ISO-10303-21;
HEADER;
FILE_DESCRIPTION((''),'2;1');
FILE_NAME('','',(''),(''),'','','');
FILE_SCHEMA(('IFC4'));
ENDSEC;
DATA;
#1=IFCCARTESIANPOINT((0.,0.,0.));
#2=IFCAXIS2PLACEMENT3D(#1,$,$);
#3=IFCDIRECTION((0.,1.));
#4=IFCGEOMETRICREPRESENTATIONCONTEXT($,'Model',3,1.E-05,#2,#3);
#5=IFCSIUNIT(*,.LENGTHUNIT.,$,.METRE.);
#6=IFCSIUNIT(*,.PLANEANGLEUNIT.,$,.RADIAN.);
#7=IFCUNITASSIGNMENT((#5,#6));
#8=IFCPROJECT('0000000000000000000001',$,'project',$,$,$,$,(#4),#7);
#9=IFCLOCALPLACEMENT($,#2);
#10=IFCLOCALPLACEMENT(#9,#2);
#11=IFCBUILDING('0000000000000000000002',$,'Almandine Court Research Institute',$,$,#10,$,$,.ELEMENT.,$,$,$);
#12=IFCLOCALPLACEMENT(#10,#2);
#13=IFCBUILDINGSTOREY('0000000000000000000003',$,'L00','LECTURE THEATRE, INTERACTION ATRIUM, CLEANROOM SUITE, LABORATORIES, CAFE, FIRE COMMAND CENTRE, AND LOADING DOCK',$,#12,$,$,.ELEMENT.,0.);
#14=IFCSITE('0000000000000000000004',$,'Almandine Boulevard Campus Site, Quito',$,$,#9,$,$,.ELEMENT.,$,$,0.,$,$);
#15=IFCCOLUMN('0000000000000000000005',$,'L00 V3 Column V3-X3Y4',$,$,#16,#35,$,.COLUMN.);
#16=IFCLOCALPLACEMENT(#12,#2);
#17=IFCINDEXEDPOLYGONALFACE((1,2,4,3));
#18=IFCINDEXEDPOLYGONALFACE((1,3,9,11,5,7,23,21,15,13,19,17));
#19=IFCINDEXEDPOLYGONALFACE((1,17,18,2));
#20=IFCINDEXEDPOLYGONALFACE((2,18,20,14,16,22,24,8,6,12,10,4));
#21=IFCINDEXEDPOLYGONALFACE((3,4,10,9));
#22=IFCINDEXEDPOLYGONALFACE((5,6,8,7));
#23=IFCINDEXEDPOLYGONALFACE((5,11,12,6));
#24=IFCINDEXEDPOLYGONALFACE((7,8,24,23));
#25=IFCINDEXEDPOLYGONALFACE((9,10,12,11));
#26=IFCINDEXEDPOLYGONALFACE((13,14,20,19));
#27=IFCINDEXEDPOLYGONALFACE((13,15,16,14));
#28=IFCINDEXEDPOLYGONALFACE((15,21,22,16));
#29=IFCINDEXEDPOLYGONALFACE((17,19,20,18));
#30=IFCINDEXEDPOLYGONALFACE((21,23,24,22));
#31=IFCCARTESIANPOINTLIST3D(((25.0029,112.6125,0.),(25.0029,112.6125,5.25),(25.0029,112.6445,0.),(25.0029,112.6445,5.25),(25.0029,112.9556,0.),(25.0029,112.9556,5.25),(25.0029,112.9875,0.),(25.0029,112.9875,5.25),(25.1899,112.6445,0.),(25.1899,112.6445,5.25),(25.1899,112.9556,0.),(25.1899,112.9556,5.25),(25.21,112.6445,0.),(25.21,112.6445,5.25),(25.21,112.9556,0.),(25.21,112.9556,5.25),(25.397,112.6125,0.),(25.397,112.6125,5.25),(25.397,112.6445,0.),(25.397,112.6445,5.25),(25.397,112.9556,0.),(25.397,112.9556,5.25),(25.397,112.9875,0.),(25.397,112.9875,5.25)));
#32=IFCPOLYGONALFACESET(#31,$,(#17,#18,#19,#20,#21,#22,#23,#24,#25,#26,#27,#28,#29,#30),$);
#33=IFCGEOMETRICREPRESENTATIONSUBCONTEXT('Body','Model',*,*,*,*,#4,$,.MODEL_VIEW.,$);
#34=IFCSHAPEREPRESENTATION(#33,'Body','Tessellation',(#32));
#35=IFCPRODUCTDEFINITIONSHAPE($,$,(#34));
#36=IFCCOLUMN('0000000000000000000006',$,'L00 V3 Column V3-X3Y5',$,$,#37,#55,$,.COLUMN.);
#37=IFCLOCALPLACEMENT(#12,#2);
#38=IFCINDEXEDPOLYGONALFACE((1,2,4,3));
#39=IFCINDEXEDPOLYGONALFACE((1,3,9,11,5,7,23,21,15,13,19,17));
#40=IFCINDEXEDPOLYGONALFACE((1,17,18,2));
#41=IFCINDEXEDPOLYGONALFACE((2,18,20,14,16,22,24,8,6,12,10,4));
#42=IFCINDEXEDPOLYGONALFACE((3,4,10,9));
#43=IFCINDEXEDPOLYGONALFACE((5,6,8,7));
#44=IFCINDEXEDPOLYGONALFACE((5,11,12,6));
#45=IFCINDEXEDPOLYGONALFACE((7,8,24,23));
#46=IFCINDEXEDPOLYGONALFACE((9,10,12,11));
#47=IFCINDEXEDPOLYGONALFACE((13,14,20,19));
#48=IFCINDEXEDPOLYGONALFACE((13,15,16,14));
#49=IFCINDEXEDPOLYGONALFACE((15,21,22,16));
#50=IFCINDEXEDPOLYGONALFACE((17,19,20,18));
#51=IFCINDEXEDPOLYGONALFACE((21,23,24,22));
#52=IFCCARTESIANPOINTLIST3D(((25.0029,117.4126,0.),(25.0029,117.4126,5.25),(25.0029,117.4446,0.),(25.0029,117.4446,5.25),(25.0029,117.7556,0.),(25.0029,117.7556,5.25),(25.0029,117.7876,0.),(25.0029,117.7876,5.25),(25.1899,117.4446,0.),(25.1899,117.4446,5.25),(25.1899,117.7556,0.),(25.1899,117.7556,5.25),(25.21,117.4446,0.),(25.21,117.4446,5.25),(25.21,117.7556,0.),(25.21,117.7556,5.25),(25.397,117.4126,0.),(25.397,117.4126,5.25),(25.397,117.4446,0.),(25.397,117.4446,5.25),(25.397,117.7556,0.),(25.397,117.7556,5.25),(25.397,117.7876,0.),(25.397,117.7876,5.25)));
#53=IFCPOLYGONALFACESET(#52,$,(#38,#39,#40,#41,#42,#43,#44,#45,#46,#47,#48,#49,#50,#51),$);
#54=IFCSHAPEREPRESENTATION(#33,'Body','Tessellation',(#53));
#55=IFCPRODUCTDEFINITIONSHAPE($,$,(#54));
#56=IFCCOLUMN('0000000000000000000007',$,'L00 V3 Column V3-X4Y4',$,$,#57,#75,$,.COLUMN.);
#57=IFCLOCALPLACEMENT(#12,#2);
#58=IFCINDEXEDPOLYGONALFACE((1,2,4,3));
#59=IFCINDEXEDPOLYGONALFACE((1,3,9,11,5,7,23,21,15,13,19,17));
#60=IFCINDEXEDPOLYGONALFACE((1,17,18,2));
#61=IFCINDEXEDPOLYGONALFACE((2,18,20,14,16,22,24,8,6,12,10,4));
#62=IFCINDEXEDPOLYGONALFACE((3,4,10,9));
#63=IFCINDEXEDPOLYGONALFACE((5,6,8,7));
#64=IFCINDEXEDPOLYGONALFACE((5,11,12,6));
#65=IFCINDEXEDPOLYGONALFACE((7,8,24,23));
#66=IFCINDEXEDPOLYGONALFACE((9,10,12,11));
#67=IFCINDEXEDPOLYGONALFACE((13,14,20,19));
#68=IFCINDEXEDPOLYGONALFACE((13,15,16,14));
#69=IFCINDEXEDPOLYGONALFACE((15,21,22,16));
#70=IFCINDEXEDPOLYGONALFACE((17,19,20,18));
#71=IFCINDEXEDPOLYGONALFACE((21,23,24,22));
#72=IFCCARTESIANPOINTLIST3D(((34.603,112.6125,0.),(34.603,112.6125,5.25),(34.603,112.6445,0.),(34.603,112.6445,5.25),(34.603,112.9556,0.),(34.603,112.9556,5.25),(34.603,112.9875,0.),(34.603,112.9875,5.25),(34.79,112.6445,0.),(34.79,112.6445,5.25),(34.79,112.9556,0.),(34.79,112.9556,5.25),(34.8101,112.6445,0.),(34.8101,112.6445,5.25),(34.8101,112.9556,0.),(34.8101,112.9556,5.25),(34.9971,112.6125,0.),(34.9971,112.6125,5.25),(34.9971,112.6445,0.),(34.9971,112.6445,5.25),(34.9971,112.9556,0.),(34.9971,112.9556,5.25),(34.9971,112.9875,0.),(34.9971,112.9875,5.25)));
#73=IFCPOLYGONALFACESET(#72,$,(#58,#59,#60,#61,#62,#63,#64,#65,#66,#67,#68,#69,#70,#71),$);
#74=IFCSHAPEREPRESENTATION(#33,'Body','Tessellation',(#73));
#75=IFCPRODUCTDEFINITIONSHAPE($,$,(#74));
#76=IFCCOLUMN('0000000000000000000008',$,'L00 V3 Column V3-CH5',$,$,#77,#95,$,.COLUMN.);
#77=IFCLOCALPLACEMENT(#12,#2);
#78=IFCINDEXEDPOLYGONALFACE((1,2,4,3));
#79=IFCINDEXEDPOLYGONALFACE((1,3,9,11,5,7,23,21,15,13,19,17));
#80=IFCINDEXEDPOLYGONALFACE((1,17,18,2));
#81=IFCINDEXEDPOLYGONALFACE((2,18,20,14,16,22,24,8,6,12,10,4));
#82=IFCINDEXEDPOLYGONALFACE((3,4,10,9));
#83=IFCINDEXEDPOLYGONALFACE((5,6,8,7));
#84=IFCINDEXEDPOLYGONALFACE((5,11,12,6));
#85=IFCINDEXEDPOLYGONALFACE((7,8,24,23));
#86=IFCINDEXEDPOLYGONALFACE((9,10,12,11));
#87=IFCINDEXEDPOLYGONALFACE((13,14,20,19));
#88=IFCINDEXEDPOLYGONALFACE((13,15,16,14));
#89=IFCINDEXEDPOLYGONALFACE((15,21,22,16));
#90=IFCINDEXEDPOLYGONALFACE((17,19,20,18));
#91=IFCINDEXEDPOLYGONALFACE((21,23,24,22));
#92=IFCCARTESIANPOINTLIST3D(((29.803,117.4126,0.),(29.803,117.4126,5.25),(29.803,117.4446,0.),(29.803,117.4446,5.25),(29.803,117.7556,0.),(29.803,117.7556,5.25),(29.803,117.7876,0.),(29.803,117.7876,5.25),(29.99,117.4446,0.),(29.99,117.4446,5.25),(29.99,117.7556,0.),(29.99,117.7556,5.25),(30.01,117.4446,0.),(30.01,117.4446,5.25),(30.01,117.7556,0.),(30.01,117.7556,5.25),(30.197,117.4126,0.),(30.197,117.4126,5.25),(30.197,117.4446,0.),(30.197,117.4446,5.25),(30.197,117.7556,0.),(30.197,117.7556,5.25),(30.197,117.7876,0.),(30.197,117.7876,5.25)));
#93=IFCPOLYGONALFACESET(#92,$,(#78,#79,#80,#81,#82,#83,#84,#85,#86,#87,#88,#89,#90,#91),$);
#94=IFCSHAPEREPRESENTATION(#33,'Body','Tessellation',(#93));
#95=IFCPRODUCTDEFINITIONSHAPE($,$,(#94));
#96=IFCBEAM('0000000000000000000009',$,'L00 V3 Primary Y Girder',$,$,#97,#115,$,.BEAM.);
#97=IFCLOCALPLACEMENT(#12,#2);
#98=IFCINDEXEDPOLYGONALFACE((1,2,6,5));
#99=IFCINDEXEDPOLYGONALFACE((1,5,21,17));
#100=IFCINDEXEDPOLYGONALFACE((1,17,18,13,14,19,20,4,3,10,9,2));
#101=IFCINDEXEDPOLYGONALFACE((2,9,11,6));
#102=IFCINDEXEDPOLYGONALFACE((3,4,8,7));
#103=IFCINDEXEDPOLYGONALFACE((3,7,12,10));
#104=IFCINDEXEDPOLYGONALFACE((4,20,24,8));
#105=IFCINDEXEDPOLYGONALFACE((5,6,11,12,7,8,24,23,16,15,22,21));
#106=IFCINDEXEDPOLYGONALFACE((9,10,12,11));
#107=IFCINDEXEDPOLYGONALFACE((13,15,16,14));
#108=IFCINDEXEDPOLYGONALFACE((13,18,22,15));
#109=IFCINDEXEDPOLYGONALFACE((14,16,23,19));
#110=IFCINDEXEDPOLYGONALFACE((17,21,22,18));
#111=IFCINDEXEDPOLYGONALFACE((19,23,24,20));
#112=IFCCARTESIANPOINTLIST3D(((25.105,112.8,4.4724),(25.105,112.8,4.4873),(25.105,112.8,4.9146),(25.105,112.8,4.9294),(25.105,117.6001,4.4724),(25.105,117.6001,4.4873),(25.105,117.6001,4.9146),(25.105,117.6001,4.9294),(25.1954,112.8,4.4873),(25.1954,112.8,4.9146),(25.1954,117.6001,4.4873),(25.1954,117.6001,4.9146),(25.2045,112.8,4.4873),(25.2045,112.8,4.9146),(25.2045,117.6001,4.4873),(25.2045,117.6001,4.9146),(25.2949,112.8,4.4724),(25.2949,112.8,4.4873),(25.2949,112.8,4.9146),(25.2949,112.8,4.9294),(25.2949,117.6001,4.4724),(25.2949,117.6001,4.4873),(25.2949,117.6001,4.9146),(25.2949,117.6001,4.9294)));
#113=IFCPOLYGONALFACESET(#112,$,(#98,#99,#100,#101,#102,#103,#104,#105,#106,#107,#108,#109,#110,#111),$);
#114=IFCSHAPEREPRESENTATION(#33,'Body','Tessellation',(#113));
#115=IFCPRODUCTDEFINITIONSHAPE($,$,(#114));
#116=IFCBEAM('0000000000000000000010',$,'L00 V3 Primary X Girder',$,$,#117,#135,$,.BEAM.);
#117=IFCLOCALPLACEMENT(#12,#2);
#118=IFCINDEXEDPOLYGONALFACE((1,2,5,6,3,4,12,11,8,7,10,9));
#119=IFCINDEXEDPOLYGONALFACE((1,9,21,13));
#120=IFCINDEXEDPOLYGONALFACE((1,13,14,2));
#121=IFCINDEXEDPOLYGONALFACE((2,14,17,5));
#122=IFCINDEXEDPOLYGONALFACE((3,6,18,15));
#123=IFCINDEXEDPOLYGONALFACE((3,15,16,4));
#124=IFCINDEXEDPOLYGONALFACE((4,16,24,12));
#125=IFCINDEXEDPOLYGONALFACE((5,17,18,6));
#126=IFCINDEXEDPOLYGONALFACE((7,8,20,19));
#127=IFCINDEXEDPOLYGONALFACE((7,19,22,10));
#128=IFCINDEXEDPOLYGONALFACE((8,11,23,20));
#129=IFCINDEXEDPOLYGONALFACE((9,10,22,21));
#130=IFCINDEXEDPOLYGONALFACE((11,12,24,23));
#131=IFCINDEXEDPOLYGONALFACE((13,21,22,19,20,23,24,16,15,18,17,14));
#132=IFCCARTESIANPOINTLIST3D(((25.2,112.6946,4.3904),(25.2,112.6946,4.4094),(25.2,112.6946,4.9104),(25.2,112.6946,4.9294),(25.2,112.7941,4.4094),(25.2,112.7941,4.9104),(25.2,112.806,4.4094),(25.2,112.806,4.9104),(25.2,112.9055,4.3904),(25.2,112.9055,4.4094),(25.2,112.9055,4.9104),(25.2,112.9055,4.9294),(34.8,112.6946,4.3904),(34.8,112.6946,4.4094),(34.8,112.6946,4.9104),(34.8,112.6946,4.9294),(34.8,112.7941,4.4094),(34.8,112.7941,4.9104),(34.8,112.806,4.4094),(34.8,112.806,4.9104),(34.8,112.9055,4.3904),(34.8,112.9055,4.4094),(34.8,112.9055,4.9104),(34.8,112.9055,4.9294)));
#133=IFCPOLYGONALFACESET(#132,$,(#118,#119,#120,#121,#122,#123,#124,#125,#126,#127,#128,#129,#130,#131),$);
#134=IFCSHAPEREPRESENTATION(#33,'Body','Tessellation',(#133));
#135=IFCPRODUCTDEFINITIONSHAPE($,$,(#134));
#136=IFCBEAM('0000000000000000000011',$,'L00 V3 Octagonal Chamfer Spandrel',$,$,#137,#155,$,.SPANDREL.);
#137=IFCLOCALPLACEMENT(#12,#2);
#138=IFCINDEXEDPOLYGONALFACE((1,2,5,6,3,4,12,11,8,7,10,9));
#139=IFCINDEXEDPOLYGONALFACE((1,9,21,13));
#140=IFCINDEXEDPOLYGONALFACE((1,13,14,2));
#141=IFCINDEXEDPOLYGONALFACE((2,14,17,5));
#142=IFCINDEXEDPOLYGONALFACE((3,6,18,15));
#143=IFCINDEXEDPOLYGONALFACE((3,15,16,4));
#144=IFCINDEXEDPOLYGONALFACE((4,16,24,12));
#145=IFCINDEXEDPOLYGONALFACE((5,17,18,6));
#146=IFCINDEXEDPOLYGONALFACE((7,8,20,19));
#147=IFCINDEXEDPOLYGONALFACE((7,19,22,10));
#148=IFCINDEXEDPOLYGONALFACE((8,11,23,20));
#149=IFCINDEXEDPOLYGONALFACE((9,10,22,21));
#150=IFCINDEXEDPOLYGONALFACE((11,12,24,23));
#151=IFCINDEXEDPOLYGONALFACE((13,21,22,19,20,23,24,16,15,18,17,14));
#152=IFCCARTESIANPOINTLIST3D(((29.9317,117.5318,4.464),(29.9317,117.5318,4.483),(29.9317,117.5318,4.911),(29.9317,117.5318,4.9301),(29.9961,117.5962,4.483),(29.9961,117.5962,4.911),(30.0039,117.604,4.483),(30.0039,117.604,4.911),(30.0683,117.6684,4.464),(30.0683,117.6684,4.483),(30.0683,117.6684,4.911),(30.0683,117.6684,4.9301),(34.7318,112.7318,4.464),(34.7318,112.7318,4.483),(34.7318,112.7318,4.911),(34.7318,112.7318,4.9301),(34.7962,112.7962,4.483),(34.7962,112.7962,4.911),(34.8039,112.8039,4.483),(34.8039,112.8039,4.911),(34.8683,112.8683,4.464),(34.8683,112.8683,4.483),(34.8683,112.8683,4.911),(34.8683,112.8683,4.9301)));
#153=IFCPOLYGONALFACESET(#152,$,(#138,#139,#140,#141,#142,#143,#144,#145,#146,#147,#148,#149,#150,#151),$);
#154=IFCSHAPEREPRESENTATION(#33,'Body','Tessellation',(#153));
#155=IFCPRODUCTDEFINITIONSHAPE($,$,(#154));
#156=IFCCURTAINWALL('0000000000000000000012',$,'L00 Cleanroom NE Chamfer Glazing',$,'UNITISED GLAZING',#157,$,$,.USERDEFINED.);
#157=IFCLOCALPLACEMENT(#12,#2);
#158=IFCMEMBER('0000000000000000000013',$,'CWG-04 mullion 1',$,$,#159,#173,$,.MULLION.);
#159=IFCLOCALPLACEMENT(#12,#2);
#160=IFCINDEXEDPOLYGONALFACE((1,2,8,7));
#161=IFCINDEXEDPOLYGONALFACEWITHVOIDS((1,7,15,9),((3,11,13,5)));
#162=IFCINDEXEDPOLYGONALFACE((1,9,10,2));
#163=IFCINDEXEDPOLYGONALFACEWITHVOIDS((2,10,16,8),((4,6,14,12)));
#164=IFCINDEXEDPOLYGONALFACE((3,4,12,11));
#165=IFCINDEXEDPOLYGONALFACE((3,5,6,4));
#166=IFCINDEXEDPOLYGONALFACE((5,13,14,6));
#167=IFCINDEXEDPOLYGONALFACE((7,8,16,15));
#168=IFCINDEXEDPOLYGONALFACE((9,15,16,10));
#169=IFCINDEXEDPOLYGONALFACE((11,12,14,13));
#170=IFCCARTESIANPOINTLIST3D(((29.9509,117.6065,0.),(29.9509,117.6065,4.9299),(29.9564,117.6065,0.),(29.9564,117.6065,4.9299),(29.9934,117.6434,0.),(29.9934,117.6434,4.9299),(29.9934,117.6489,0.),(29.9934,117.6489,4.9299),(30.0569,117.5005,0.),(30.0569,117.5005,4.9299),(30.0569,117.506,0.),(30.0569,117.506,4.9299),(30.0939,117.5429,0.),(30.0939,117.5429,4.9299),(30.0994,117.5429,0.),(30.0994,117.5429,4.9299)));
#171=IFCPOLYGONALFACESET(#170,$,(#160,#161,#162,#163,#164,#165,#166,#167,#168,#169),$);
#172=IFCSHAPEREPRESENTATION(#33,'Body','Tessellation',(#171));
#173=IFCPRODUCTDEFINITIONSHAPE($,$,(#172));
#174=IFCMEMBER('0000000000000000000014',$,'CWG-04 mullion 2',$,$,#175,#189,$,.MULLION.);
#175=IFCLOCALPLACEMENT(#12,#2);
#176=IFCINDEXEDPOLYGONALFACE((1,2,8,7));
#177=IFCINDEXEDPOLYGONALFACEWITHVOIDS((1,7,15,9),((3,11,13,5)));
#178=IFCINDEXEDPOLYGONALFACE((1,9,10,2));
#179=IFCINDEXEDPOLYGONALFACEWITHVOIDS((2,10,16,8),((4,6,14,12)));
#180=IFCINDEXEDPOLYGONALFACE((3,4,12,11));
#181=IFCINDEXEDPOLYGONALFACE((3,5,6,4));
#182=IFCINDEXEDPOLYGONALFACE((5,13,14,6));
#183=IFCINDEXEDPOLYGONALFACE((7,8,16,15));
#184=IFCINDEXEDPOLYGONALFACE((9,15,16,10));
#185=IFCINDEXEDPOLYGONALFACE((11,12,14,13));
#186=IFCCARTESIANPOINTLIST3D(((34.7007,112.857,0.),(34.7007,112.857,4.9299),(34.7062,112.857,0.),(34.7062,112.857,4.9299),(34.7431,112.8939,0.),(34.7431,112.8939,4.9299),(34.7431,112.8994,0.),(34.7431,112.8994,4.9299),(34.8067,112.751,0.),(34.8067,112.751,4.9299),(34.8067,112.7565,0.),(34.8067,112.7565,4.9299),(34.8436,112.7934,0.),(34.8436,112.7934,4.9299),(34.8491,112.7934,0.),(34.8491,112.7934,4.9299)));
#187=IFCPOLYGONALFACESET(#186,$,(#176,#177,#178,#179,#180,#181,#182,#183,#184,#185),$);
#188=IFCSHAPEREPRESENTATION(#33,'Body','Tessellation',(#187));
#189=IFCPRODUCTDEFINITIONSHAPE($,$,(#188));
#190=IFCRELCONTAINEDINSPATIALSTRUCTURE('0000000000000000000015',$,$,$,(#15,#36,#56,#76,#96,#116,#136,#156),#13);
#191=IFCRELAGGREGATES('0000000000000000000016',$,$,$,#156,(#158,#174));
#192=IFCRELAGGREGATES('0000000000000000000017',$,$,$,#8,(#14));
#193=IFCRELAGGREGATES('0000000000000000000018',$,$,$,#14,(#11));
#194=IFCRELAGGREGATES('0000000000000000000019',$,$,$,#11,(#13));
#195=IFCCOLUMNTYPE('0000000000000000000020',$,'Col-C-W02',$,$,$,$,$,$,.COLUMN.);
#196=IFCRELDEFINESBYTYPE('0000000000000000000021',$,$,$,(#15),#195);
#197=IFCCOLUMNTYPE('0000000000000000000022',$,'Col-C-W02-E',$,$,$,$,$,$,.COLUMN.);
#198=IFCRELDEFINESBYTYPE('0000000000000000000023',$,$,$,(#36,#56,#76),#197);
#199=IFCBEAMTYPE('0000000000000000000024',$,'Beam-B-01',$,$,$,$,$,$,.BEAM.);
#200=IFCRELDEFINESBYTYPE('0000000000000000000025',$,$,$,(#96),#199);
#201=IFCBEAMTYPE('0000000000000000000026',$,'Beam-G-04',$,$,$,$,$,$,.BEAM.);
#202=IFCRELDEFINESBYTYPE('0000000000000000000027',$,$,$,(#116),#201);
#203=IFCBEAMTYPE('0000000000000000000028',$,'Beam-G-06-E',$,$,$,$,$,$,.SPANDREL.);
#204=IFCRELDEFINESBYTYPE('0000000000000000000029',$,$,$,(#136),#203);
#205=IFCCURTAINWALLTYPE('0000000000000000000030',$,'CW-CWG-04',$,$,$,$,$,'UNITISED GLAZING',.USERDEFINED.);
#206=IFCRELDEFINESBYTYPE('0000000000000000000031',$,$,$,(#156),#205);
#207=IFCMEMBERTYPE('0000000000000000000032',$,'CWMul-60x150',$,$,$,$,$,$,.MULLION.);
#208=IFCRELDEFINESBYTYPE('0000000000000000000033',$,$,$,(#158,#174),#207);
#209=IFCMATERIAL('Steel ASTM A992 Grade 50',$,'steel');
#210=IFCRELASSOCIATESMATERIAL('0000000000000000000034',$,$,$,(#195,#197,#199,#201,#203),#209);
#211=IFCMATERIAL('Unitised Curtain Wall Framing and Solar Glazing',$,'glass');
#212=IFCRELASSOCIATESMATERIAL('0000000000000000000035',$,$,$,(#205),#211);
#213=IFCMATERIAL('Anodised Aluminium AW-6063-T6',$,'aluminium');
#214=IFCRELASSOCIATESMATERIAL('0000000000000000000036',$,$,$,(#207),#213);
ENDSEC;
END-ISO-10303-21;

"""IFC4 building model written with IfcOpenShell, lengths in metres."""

from ifc_helpers import new_model, si_unit, direction, frame, origin, origin_2d, place, context, subcontext, project, spatial, hollow_rectangle, i_section, extrude, material, material_profile, profile_set, type_object, element, aggregate, save


model = new_model("IFC4")

# Units and contexts
model_context = context("Model", 3, precision=1e-05, world=origin(), true_north=direction((0.0, 1.0)))
body_context = subcontext(model_context, "Body", "Model", "MODEL_VIEW")
ifc_project = project(units=[si_unit("LENGTHUNIT", "METRE"), si_unit("PLANEANGLEUNIT", "RADIAN")], contexts=[model_context])

# Site, building, storey
site_placement = place(None, origin())
site = spatial("IfcSite", under=ifc_project, at=site_placement, Name="Almandine Boulevard Campus Site, Quito", CompositionType="ELEMENT", RefElevation=0.0)
building_placement = place(site_placement, origin())
building = spatial("IfcBuilding", under=site, at=building_placement, Name="Almandine Court Research Institute", CompositionType="ELEMENT")
storey_placement = place(building_placement, origin())
storey = spatial("IfcBuildingStorey", under=building, at=storey_placement, Name="L00", Description="LECTURE THEATRE, INTERACTION ATRIUM, CLEANROOM SUITE, LABORATORIES, CAFE, FIRE COMMAND CENTRE, AND LOADING DOCK", CompositionType="ELEMENT", Elevation=0.0)

# Columns
ifc_material_1 = material(Name="Steel ASTM A992 Grade 50", Category="steel")
ifc_material_profile_1 = material_profile(ifc_material_1, i_section(OverallWidth=0.394, OverallDepth=0.375, WebThickness=0.02, FlangeThickness=0.032, at=origin_2d()), Name="W360x216")
ifc_profile_set_1 = profile_set([ifc_material_profile_1], Name="Steel ASTM A992 Grade 50")
column_type_1 = type_object("IfcColumnType", Name="Col-C-W02", PredefinedType="COLUMN", material=ifc_profile_set_1)
column_placement = place(storey_placement, frame((25.2, 112.8, 0.0), z_axis=(0.0, 0.0, 1.0), x_axis=(1.0, 0.0, 0.0)))
element("IfcColumn", 1, at=column_placement, inside=storey, type_object=column_type_1, Name="L00 V3 Column V3-X3Y4", PredefinedType="COLUMN", context=body_context, shape_type="SweptSolid", body=[
    extrude(i_section(OverallWidth=0.394, OverallDepth=0.375, WebThickness=0.02, FlangeThickness=0.032, at=origin_2d()), origin(), (0.0, 0.0, 1.0), 5.25),
])
ifc_material_profile_2 = material_profile(ifc_material_1, i_section(OverallWidth=0.394, OverallDepth=0.375, WebThickness=0.02, FlangeThickness=0.032, at=origin_2d()), Name="W360x216")
ifc_profile_set_2 = profile_set([ifc_material_profile_2], Name="Steel ASTM A992 Grade 50")
column_type_2 = type_object("IfcColumnType", Name="Col-C-W02-E", PredefinedType="COLUMN", material=ifc_profile_set_2)
for number, where, z_axis, x_axis, name in (
    (2, (25.2, 117.6001, 0.0), (0.0, 0.0, 1.0), (1.0, 0.0, 0.0), "L00 V3 Column V3-X3Y5"),
    (3, (34.8, 112.8, 0.0), (0.0, 0.0, 1.0), (1.0, 0.0, 0.0), "L00 V3 Column V3-X4Y4"),
    (4, (30.0, 117.6001, 0.0), (0.0, 0.0, 1.0), (1.0, 0.0, 0.0), "L00 V3 Column V3-CH5"),
):
    element("IfcColumn", number, at=place(storey_placement, frame(where, z_axis=z_axis, x_axis=x_axis)), inside=storey, type_object=column_type_2, Name=name, PredefinedType="COLUMN", context=body_context, shape_type="SweptSolid", body=[
        extrude(i_section(OverallWidth=0.394, OverallDepth=0.375, WebThickness=0.02, FlangeThickness=0.032, at=origin_2d()), origin(), (0.0, 0.0, 1.0), 5.25),
    ])

# Beams
ifc_material_profile_3 = material_profile(ifc_material_1, i_section(OverallWidth=0.1899, OverallDepth=0.457, WebThickness=0.009, FlangeThickness=0.0149, at=origin_2d()), Name="W460x74")
ifc_profile_set_3 = profile_set([ifc_material_profile_3], Name="Steel ASTM A992 Grade 50")
beam_type_1 = type_object("IfcBeamType", Name="Beam-B-01", PredefinedType="BEAM", material=ifc_profile_set_3)
beam_1_placement = place(storey_placement, frame((25.2, 112.8, 4.7009), z_axis=(0.0, 1.0, 0.0), x_axis=(-1.0, 0.0, 0.0)))
element("IfcBeam", 5, at=beam_1_placement, inside=storey, type_object=beam_type_1, Name="L00 V3 Primary Y Girder", PredefinedType="BEAM", context=body_context, shape_type="SweptSolid", body=[
    extrude(i_section(OverallWidth=0.1899, OverallDepth=0.457, WebThickness=0.009, FlangeThickness=0.0149, at=origin_2d()), origin(), (0.0, 0.0, 1.0), 4.8),
])
ifc_material_profile_4 = material_profile(ifc_material_1, i_section(OverallWidth=0.2109, OverallDepth=0.5391, WebThickness=0.012, FlangeThickness=0.019, at=origin_2d()), Name="W530x109")
ifc_profile_set_4 = profile_set([ifc_material_profile_4], Name="Steel ASTM A992 Grade 50")
beam_type_2 = type_object("IfcBeamType", Name="Beam-G-04", PredefinedType="BEAM", material=ifc_profile_set_4)
beam_2_placement = place(storey_placement, frame((25.2, 112.8, 4.6599), z_axis=(1.0, 0.0, 0.0), x_axis=(0.0, 1.0, 0.0)))
element("IfcBeam", 6, at=beam_2_placement, inside=storey, type_object=beam_type_2, Name="L00 V3 Primary X Girder", PredefinedType="BEAM", context=body_context, shape_type="SweptSolid", body=[
    extrude(i_section(OverallWidth=0.2109, OverallDepth=0.5391, WebThickness=0.012, FlangeThickness=0.019, at=origin_2d()), origin(), (0.0, 0.0, 1.0), 9.6001),
])
ifc_material_profile_5 = material_profile(ifc_material_1, i_section(OverallWidth=0.1931, OverallDepth=0.4661, WebThickness=0.011, FlangeThickness=0.019, at=origin_2d()), Name="W460x97")
ifc_profile_set_5 = profile_set([ifc_material_profile_5], Name="Steel ASTM A992 Grade 50")
beam_type_3 = type_object("IfcBeamType", Name="Beam-G-06-E", PredefinedType="SPANDREL", material=ifc_profile_set_5)
beam_3_placement = place(storey_placement, frame((34.8, 112.8, 4.697), z_axis=(-0.707107, 0.707107, 0.0), x_axis=(-0.707107, -0.707107, 0.0)))
element("IfcBeam", 7, at=beam_3_placement, inside=storey, type_object=beam_type_3, Name="L00 V3 Octagonal Chamfer Spandrel", PredefinedType="SPANDREL", context=body_context, shape_type="SweptSolid", body=[
    extrude(i_section(OverallWidth=0.1931, OverallDepth=0.4661, WebThickness=0.011, FlangeThickness=0.019, at=origin_2d()), origin(), (0.0, 0.0, 1.0), 6.7883),
])

# Curtain wall, members
ifc_material_2 = material(Name="Unitised Curtain Wall Framing and Solar Glazing", Category="glass")
curtain_wall_type = type_object("IfcCurtainWallType", Name="CW-CWG-04", ElementType="UNITISED GLAZING", PredefinedType="USERDEFINED", material=ifc_material_2)
curtain_wall_placement = place(storey_placement, origin())
curtain_wall = element("IfcCurtainWall", 8, at=curtain_wall_placement, inside=storey, type_object=curtain_wall_type, Name="L00 Cleanroom NE Chamfer Glazing", ObjectType="UNITISED GLAZING", PredefinedType="USERDEFINED")
ifc_material_3 = material(Name="Anodised Aluminium AW-6063-T6", Category="aluminium")
ifc_material_profile_6 = material_profile(ifc_material_3, hollow_rectangle(XDim=0.0601, YDim=0.1499, WallThickness=0.0039, at=origin_2d()), Name="ALU RHS 60x150x4")
ifc_profile_set_6 = profile_set([ifc_material_profile_6], Name="Anodised Aluminium AW-6063-T6")
member_type_1 = type_object("IfcMemberType", Name="CWMul-60x150", PredefinedType="MULLION", material=ifc_profile_set_6)
member_1_placement = place(storey_placement, frame((30.0251, 117.5747, 0.0), z_axis=(0.0, 0.0, 1.0), x_axis=(0.707107, 0.707107, 0.0)))
member_1 = element("IfcMember", 9, at=member_1_placement, type_object=member_type_1, Name="CWG-04 mullion 1", PredefinedType="MULLION", context=body_context, shape_type="SweptSolid", body=[
    extrude(hollow_rectangle(XDim=0.0601, YDim=0.1499, WallThickness=0.0039, at=origin_2d()), origin(), (0.0, 0.0, 1.0), 4.9299),
])
member_2_placement = place(storey_placement, frame((34.7749, 112.8252, 0.0), z_axis=(0.0, 0.0, 1.0), x_axis=(0.707107, 0.707107, 0.0)))
member_2 = element("IfcMember", 10, at=member_2_placement, type_object=member_type_1, Name="CWG-04 mullion 2", PredefinedType="MULLION", context=body_context, shape_type="SweptSolid", body=[
    extrude(hollow_rectangle(XDim=0.0601, YDim=0.1499, WallThickness=0.0039, at=origin_2d()), origin(), (0.0, 0.0, 1.0), 4.9299),
])
aggregate(curtain_wall, [member_1, member_2])

save(model, "model.ifc")
